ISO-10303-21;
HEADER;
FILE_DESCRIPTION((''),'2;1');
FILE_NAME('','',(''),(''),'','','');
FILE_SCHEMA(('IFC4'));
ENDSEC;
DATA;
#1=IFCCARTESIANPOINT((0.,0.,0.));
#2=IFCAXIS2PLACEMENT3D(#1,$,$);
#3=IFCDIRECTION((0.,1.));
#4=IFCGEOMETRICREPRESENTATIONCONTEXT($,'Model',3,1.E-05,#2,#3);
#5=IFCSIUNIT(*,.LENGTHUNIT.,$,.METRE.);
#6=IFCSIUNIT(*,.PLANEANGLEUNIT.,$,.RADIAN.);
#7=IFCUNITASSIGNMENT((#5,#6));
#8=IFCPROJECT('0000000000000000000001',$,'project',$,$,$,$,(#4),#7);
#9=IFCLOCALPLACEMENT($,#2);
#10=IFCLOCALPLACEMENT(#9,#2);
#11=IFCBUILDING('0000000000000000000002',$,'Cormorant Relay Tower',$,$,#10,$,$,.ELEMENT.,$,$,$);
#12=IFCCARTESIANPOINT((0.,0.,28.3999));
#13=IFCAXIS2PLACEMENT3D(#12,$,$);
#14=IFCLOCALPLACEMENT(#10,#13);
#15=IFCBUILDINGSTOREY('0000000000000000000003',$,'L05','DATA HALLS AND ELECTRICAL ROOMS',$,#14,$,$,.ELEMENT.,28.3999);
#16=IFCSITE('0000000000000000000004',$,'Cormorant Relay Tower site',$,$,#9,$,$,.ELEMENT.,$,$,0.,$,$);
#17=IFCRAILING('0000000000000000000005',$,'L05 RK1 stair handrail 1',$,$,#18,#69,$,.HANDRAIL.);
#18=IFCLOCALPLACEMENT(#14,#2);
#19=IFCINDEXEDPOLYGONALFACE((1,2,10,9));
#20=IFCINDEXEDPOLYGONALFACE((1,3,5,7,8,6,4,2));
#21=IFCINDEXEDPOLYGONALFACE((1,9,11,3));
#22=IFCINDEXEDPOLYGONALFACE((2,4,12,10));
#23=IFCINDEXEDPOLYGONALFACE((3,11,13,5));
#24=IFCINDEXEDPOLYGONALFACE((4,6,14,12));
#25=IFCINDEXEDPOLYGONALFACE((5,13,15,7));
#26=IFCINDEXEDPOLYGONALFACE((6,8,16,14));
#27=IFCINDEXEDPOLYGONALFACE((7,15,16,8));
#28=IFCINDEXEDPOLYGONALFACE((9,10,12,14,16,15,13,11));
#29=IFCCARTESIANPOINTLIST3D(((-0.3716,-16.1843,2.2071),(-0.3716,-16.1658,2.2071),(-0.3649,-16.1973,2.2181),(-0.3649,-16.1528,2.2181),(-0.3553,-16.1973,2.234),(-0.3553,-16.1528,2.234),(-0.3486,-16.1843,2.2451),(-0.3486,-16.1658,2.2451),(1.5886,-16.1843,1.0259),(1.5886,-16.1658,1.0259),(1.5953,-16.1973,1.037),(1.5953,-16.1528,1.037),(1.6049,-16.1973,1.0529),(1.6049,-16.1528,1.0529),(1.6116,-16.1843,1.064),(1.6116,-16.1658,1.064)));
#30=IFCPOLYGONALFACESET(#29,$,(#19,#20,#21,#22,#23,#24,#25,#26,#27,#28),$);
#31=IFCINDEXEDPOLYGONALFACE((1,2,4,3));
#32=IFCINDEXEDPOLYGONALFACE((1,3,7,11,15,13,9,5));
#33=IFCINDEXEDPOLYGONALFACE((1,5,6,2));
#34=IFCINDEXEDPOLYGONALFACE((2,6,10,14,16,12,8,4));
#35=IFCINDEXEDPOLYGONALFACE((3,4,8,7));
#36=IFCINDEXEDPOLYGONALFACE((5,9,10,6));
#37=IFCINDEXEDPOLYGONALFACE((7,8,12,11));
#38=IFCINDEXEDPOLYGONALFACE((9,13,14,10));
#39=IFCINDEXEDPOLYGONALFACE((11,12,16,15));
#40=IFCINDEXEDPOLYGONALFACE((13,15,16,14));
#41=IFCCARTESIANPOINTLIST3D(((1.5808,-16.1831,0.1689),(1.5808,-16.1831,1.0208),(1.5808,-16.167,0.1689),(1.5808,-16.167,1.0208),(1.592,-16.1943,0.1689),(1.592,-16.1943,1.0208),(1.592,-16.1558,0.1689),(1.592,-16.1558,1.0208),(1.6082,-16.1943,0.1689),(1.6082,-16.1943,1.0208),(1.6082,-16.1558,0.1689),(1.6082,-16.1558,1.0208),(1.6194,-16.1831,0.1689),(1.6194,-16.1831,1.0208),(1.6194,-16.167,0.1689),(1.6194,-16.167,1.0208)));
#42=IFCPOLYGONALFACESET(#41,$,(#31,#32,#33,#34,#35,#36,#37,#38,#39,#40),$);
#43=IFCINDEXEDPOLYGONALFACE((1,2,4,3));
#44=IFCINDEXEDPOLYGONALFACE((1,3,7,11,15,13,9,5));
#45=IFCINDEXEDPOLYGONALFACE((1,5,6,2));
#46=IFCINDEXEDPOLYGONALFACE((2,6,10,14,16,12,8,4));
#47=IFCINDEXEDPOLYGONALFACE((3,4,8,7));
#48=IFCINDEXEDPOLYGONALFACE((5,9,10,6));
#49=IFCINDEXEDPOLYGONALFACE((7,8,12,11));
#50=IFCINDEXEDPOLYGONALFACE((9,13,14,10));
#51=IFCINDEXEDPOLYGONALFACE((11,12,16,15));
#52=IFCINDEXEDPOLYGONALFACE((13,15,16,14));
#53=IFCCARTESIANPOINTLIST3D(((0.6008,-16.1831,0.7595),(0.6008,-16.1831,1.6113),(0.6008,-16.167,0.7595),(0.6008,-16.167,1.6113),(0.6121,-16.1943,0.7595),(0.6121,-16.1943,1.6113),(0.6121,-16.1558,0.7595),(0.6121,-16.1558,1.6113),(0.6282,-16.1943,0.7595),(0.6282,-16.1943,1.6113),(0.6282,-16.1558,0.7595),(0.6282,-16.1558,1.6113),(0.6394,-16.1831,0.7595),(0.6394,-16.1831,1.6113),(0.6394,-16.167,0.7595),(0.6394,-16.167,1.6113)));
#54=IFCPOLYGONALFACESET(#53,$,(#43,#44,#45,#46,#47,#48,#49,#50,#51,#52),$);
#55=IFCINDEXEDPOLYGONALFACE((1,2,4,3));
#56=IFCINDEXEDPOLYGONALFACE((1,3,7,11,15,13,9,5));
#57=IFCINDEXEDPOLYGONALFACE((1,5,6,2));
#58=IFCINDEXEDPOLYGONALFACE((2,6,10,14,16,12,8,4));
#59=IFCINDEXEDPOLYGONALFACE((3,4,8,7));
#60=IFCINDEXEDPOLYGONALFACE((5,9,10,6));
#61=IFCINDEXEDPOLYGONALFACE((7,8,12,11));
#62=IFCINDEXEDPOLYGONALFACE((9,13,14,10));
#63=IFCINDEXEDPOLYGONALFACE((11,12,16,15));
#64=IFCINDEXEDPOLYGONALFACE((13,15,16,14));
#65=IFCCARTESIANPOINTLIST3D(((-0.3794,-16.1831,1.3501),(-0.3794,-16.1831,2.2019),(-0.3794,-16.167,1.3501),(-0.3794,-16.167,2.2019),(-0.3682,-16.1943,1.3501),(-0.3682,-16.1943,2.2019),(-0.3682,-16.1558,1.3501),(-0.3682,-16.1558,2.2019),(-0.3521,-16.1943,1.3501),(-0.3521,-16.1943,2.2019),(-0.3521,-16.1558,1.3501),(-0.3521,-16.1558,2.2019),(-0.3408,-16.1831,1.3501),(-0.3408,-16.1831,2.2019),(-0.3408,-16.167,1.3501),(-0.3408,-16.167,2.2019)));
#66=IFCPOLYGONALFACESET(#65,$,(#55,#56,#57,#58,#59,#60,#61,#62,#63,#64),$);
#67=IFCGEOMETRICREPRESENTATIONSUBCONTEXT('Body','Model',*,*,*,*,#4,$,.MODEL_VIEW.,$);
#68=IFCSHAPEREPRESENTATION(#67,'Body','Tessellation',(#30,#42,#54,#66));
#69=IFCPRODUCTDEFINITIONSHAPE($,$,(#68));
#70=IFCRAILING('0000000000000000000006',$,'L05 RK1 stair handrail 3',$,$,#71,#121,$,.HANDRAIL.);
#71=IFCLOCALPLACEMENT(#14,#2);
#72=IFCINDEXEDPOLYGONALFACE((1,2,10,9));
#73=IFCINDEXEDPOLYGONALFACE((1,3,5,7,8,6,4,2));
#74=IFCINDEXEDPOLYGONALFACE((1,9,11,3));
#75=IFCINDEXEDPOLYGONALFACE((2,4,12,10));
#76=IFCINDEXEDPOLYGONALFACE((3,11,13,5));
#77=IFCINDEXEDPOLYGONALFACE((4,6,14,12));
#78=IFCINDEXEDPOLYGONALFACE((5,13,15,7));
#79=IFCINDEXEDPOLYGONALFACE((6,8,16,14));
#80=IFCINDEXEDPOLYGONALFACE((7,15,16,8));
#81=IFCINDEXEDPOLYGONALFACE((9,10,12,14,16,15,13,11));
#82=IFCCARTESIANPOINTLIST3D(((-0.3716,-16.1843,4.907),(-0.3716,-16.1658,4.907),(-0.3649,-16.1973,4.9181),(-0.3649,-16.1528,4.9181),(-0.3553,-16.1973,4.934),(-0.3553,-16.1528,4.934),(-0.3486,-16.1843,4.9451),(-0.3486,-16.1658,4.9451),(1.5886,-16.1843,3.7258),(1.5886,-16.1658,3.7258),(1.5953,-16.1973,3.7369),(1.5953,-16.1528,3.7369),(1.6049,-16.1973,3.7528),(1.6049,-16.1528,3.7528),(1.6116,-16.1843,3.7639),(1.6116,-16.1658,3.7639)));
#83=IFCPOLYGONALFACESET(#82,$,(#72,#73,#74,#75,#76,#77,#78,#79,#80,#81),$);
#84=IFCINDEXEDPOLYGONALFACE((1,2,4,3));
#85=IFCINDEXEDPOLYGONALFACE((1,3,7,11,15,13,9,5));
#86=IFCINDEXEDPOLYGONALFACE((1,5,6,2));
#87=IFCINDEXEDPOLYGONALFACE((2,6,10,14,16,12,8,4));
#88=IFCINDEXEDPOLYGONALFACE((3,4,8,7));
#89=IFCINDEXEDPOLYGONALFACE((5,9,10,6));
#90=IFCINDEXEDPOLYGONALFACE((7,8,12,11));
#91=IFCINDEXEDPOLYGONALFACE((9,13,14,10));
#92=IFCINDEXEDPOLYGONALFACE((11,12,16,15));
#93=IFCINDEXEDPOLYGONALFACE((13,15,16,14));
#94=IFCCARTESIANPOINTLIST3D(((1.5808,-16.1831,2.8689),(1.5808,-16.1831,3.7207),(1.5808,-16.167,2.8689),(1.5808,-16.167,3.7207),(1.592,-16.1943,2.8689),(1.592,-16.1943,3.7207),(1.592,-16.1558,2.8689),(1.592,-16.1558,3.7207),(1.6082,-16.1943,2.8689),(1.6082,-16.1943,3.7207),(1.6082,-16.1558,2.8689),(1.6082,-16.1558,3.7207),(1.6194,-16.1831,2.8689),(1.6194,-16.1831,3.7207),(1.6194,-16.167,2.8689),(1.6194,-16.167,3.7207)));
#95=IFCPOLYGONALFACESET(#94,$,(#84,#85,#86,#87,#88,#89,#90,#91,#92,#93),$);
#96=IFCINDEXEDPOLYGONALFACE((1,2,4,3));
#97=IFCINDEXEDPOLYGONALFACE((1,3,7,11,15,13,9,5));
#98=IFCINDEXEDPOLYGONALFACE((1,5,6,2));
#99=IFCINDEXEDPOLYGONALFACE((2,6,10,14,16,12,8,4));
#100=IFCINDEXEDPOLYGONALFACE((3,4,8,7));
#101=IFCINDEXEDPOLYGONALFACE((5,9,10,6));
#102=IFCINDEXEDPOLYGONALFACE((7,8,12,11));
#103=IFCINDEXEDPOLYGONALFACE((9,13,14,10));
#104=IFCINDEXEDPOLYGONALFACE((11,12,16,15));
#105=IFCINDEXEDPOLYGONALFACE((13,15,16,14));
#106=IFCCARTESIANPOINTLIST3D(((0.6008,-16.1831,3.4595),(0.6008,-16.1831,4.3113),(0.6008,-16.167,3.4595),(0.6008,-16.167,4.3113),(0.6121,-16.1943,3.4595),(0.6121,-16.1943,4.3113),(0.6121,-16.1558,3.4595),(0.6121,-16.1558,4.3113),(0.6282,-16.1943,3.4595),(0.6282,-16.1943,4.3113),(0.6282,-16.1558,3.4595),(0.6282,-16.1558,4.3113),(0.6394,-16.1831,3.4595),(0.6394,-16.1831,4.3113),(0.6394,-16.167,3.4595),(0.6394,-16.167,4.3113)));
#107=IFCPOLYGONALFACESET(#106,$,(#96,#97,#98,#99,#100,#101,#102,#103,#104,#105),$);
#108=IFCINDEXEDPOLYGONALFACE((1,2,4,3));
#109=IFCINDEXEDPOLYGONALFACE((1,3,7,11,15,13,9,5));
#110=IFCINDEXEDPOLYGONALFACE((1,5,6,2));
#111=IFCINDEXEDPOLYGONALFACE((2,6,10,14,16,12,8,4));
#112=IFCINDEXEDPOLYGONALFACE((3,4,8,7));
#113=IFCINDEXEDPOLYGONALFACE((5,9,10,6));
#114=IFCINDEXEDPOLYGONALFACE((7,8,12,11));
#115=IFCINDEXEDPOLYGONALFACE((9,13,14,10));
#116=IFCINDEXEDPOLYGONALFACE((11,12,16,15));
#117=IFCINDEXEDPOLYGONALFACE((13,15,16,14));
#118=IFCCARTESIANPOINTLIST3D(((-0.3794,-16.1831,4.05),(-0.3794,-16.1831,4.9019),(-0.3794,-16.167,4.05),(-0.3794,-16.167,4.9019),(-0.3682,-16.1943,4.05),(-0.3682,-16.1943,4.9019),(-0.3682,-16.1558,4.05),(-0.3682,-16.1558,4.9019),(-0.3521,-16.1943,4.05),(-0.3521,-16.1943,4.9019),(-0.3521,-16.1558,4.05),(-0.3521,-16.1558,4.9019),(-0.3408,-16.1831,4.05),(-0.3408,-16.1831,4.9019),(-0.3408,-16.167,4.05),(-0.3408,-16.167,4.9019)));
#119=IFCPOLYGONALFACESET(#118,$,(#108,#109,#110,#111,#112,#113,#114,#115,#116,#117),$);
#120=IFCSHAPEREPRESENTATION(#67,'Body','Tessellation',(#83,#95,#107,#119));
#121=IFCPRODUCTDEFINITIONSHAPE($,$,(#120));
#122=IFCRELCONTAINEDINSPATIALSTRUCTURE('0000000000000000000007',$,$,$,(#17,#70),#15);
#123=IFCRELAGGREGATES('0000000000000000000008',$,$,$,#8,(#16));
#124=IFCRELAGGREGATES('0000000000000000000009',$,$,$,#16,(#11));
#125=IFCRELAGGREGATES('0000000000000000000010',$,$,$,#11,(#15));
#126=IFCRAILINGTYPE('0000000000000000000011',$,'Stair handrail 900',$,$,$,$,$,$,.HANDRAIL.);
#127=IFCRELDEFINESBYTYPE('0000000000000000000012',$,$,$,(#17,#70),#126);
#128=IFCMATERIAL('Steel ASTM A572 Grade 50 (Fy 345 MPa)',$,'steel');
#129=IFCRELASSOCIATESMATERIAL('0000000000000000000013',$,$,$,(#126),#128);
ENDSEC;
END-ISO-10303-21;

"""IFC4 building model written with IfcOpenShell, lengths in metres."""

from ifc_helpers import new_model, si_unit, direction, frame, origin, place, context, subcontext, project, spatial, polyline, outline, extrude, material, type_object, element, save


model = new_model("IFC4")

# Units and contexts
model_context = context("Model", 3, precision=1e-05, world=origin(), true_north=direction((0.0, 1.0)))
body_context = subcontext(model_context, "Body", "Model", "MODEL_VIEW")
ifc_project = project(units=[si_unit("LENGTHUNIT", "METRE"), si_unit("PLANEANGLEUNIT", "RADIAN")], contexts=[model_context])

# Site, building, storey
site_placement = place(None, origin())
site = spatial("IfcSite", under=ifc_project, at=site_placement, Name="Cormorant Relay Tower site", CompositionType="ELEMENT", RefElevation=0.0)
building_placement = place(site_placement, origin())
building = spatial("IfcBuilding", under=site, at=building_placement, Name="Cormorant Relay Tower", CompositionType="ELEMENT")
storey_placement = place(building_placement, frame((0.0, 0.0, 28.3999)))
storey = spatial("IfcBuildingStorey", under=building, at=storey_placement, Name="L05", Description="DATA HALLS AND ELECTRICAL ROOMS", CompositionType="ELEMENT", Elevation=28.3999)

# Railings
ifc_material_1 = material(Name="Steel ASTM A572 Grade 50 (Fy 345 MPa)", Category="steel")
railing_type_1 = type_object("IfcRailingType", Name="Stair handrail 900", PredefinedType="HANDRAIL", material=ifc_material_1)
for number, where, name in (
    (1, (1.6001, -16.175, 0.1689), "L05 RK1 stair handrail 1"),
    (2, (1.6001, -16.175, 2.8689), "L05 RK1 stair handrail 3"),
):
    element("IfcRailing", number, at=place(storey_placement, frame(where)), inside=storey, type_object=railing_type_1, Name=name, PredefinedType="HANDRAIL", context=body_context, shape_type="SweptSolid", body=[
        extrude(outline(polyline([(0.0222, 0.0093), (0.0093, 0.0222), (-0.0093, 0.0222), (-0.0222, 0.0093), (-0.0222, -0.0093), (-0.0093, -0.0222), (0.0093, -0.0222), (0.0222, -0.0093), (0.0222, 0.0093)])), frame((0.0, 0.0, 0.876), z_axis=(-0.856522, 0.0, 0.516111), x_axis=(0.0, -1.0, 0.0)), (0.0, 0.0, 1.0), 2.2886),
        extrude(outline(polyline([(0.0193, 0.0081), (0.0081, 0.0193), (-0.0081, 0.0193), (-0.0193, 0.0081), (-0.0193, -0.0081), (-0.0081, -0.0193), (0.0081, -0.0193), (0.0193, -0.0081), (0.0193, 0.0081)])), origin(), (0.0, 0.0, 1.0), 0.8518),
        extrude(outline(polyline([(0.0193, 0.0081), (0.0081, 0.0193), (-0.0081, 0.0193), (-0.0193, 0.0081), (-0.0193, -0.0081), (-0.0081, -0.0193), (0.0081, -0.0193), (0.0193, -0.0081), (0.0193, 0.0081)])), frame((-0.98, 0.0, 0.5906)), (0.0, 0.0, 1.0), 0.8518),
        extrude(outline(polyline([(0.0193, 0.0081), (0.0081, 0.0193), (-0.0081, 0.0193), (-0.0193, 0.0081), (-0.0193, -0.0081), (-0.0081, -0.0193), (0.0081, -0.0193), (0.0193, -0.0081), (0.0193, 0.0081)])), frame((-1.9602, 0.0, 1.1812)), (0.0, 0.0, 1.0), 0.8518),
    ])

save(model, "model.ifc")
